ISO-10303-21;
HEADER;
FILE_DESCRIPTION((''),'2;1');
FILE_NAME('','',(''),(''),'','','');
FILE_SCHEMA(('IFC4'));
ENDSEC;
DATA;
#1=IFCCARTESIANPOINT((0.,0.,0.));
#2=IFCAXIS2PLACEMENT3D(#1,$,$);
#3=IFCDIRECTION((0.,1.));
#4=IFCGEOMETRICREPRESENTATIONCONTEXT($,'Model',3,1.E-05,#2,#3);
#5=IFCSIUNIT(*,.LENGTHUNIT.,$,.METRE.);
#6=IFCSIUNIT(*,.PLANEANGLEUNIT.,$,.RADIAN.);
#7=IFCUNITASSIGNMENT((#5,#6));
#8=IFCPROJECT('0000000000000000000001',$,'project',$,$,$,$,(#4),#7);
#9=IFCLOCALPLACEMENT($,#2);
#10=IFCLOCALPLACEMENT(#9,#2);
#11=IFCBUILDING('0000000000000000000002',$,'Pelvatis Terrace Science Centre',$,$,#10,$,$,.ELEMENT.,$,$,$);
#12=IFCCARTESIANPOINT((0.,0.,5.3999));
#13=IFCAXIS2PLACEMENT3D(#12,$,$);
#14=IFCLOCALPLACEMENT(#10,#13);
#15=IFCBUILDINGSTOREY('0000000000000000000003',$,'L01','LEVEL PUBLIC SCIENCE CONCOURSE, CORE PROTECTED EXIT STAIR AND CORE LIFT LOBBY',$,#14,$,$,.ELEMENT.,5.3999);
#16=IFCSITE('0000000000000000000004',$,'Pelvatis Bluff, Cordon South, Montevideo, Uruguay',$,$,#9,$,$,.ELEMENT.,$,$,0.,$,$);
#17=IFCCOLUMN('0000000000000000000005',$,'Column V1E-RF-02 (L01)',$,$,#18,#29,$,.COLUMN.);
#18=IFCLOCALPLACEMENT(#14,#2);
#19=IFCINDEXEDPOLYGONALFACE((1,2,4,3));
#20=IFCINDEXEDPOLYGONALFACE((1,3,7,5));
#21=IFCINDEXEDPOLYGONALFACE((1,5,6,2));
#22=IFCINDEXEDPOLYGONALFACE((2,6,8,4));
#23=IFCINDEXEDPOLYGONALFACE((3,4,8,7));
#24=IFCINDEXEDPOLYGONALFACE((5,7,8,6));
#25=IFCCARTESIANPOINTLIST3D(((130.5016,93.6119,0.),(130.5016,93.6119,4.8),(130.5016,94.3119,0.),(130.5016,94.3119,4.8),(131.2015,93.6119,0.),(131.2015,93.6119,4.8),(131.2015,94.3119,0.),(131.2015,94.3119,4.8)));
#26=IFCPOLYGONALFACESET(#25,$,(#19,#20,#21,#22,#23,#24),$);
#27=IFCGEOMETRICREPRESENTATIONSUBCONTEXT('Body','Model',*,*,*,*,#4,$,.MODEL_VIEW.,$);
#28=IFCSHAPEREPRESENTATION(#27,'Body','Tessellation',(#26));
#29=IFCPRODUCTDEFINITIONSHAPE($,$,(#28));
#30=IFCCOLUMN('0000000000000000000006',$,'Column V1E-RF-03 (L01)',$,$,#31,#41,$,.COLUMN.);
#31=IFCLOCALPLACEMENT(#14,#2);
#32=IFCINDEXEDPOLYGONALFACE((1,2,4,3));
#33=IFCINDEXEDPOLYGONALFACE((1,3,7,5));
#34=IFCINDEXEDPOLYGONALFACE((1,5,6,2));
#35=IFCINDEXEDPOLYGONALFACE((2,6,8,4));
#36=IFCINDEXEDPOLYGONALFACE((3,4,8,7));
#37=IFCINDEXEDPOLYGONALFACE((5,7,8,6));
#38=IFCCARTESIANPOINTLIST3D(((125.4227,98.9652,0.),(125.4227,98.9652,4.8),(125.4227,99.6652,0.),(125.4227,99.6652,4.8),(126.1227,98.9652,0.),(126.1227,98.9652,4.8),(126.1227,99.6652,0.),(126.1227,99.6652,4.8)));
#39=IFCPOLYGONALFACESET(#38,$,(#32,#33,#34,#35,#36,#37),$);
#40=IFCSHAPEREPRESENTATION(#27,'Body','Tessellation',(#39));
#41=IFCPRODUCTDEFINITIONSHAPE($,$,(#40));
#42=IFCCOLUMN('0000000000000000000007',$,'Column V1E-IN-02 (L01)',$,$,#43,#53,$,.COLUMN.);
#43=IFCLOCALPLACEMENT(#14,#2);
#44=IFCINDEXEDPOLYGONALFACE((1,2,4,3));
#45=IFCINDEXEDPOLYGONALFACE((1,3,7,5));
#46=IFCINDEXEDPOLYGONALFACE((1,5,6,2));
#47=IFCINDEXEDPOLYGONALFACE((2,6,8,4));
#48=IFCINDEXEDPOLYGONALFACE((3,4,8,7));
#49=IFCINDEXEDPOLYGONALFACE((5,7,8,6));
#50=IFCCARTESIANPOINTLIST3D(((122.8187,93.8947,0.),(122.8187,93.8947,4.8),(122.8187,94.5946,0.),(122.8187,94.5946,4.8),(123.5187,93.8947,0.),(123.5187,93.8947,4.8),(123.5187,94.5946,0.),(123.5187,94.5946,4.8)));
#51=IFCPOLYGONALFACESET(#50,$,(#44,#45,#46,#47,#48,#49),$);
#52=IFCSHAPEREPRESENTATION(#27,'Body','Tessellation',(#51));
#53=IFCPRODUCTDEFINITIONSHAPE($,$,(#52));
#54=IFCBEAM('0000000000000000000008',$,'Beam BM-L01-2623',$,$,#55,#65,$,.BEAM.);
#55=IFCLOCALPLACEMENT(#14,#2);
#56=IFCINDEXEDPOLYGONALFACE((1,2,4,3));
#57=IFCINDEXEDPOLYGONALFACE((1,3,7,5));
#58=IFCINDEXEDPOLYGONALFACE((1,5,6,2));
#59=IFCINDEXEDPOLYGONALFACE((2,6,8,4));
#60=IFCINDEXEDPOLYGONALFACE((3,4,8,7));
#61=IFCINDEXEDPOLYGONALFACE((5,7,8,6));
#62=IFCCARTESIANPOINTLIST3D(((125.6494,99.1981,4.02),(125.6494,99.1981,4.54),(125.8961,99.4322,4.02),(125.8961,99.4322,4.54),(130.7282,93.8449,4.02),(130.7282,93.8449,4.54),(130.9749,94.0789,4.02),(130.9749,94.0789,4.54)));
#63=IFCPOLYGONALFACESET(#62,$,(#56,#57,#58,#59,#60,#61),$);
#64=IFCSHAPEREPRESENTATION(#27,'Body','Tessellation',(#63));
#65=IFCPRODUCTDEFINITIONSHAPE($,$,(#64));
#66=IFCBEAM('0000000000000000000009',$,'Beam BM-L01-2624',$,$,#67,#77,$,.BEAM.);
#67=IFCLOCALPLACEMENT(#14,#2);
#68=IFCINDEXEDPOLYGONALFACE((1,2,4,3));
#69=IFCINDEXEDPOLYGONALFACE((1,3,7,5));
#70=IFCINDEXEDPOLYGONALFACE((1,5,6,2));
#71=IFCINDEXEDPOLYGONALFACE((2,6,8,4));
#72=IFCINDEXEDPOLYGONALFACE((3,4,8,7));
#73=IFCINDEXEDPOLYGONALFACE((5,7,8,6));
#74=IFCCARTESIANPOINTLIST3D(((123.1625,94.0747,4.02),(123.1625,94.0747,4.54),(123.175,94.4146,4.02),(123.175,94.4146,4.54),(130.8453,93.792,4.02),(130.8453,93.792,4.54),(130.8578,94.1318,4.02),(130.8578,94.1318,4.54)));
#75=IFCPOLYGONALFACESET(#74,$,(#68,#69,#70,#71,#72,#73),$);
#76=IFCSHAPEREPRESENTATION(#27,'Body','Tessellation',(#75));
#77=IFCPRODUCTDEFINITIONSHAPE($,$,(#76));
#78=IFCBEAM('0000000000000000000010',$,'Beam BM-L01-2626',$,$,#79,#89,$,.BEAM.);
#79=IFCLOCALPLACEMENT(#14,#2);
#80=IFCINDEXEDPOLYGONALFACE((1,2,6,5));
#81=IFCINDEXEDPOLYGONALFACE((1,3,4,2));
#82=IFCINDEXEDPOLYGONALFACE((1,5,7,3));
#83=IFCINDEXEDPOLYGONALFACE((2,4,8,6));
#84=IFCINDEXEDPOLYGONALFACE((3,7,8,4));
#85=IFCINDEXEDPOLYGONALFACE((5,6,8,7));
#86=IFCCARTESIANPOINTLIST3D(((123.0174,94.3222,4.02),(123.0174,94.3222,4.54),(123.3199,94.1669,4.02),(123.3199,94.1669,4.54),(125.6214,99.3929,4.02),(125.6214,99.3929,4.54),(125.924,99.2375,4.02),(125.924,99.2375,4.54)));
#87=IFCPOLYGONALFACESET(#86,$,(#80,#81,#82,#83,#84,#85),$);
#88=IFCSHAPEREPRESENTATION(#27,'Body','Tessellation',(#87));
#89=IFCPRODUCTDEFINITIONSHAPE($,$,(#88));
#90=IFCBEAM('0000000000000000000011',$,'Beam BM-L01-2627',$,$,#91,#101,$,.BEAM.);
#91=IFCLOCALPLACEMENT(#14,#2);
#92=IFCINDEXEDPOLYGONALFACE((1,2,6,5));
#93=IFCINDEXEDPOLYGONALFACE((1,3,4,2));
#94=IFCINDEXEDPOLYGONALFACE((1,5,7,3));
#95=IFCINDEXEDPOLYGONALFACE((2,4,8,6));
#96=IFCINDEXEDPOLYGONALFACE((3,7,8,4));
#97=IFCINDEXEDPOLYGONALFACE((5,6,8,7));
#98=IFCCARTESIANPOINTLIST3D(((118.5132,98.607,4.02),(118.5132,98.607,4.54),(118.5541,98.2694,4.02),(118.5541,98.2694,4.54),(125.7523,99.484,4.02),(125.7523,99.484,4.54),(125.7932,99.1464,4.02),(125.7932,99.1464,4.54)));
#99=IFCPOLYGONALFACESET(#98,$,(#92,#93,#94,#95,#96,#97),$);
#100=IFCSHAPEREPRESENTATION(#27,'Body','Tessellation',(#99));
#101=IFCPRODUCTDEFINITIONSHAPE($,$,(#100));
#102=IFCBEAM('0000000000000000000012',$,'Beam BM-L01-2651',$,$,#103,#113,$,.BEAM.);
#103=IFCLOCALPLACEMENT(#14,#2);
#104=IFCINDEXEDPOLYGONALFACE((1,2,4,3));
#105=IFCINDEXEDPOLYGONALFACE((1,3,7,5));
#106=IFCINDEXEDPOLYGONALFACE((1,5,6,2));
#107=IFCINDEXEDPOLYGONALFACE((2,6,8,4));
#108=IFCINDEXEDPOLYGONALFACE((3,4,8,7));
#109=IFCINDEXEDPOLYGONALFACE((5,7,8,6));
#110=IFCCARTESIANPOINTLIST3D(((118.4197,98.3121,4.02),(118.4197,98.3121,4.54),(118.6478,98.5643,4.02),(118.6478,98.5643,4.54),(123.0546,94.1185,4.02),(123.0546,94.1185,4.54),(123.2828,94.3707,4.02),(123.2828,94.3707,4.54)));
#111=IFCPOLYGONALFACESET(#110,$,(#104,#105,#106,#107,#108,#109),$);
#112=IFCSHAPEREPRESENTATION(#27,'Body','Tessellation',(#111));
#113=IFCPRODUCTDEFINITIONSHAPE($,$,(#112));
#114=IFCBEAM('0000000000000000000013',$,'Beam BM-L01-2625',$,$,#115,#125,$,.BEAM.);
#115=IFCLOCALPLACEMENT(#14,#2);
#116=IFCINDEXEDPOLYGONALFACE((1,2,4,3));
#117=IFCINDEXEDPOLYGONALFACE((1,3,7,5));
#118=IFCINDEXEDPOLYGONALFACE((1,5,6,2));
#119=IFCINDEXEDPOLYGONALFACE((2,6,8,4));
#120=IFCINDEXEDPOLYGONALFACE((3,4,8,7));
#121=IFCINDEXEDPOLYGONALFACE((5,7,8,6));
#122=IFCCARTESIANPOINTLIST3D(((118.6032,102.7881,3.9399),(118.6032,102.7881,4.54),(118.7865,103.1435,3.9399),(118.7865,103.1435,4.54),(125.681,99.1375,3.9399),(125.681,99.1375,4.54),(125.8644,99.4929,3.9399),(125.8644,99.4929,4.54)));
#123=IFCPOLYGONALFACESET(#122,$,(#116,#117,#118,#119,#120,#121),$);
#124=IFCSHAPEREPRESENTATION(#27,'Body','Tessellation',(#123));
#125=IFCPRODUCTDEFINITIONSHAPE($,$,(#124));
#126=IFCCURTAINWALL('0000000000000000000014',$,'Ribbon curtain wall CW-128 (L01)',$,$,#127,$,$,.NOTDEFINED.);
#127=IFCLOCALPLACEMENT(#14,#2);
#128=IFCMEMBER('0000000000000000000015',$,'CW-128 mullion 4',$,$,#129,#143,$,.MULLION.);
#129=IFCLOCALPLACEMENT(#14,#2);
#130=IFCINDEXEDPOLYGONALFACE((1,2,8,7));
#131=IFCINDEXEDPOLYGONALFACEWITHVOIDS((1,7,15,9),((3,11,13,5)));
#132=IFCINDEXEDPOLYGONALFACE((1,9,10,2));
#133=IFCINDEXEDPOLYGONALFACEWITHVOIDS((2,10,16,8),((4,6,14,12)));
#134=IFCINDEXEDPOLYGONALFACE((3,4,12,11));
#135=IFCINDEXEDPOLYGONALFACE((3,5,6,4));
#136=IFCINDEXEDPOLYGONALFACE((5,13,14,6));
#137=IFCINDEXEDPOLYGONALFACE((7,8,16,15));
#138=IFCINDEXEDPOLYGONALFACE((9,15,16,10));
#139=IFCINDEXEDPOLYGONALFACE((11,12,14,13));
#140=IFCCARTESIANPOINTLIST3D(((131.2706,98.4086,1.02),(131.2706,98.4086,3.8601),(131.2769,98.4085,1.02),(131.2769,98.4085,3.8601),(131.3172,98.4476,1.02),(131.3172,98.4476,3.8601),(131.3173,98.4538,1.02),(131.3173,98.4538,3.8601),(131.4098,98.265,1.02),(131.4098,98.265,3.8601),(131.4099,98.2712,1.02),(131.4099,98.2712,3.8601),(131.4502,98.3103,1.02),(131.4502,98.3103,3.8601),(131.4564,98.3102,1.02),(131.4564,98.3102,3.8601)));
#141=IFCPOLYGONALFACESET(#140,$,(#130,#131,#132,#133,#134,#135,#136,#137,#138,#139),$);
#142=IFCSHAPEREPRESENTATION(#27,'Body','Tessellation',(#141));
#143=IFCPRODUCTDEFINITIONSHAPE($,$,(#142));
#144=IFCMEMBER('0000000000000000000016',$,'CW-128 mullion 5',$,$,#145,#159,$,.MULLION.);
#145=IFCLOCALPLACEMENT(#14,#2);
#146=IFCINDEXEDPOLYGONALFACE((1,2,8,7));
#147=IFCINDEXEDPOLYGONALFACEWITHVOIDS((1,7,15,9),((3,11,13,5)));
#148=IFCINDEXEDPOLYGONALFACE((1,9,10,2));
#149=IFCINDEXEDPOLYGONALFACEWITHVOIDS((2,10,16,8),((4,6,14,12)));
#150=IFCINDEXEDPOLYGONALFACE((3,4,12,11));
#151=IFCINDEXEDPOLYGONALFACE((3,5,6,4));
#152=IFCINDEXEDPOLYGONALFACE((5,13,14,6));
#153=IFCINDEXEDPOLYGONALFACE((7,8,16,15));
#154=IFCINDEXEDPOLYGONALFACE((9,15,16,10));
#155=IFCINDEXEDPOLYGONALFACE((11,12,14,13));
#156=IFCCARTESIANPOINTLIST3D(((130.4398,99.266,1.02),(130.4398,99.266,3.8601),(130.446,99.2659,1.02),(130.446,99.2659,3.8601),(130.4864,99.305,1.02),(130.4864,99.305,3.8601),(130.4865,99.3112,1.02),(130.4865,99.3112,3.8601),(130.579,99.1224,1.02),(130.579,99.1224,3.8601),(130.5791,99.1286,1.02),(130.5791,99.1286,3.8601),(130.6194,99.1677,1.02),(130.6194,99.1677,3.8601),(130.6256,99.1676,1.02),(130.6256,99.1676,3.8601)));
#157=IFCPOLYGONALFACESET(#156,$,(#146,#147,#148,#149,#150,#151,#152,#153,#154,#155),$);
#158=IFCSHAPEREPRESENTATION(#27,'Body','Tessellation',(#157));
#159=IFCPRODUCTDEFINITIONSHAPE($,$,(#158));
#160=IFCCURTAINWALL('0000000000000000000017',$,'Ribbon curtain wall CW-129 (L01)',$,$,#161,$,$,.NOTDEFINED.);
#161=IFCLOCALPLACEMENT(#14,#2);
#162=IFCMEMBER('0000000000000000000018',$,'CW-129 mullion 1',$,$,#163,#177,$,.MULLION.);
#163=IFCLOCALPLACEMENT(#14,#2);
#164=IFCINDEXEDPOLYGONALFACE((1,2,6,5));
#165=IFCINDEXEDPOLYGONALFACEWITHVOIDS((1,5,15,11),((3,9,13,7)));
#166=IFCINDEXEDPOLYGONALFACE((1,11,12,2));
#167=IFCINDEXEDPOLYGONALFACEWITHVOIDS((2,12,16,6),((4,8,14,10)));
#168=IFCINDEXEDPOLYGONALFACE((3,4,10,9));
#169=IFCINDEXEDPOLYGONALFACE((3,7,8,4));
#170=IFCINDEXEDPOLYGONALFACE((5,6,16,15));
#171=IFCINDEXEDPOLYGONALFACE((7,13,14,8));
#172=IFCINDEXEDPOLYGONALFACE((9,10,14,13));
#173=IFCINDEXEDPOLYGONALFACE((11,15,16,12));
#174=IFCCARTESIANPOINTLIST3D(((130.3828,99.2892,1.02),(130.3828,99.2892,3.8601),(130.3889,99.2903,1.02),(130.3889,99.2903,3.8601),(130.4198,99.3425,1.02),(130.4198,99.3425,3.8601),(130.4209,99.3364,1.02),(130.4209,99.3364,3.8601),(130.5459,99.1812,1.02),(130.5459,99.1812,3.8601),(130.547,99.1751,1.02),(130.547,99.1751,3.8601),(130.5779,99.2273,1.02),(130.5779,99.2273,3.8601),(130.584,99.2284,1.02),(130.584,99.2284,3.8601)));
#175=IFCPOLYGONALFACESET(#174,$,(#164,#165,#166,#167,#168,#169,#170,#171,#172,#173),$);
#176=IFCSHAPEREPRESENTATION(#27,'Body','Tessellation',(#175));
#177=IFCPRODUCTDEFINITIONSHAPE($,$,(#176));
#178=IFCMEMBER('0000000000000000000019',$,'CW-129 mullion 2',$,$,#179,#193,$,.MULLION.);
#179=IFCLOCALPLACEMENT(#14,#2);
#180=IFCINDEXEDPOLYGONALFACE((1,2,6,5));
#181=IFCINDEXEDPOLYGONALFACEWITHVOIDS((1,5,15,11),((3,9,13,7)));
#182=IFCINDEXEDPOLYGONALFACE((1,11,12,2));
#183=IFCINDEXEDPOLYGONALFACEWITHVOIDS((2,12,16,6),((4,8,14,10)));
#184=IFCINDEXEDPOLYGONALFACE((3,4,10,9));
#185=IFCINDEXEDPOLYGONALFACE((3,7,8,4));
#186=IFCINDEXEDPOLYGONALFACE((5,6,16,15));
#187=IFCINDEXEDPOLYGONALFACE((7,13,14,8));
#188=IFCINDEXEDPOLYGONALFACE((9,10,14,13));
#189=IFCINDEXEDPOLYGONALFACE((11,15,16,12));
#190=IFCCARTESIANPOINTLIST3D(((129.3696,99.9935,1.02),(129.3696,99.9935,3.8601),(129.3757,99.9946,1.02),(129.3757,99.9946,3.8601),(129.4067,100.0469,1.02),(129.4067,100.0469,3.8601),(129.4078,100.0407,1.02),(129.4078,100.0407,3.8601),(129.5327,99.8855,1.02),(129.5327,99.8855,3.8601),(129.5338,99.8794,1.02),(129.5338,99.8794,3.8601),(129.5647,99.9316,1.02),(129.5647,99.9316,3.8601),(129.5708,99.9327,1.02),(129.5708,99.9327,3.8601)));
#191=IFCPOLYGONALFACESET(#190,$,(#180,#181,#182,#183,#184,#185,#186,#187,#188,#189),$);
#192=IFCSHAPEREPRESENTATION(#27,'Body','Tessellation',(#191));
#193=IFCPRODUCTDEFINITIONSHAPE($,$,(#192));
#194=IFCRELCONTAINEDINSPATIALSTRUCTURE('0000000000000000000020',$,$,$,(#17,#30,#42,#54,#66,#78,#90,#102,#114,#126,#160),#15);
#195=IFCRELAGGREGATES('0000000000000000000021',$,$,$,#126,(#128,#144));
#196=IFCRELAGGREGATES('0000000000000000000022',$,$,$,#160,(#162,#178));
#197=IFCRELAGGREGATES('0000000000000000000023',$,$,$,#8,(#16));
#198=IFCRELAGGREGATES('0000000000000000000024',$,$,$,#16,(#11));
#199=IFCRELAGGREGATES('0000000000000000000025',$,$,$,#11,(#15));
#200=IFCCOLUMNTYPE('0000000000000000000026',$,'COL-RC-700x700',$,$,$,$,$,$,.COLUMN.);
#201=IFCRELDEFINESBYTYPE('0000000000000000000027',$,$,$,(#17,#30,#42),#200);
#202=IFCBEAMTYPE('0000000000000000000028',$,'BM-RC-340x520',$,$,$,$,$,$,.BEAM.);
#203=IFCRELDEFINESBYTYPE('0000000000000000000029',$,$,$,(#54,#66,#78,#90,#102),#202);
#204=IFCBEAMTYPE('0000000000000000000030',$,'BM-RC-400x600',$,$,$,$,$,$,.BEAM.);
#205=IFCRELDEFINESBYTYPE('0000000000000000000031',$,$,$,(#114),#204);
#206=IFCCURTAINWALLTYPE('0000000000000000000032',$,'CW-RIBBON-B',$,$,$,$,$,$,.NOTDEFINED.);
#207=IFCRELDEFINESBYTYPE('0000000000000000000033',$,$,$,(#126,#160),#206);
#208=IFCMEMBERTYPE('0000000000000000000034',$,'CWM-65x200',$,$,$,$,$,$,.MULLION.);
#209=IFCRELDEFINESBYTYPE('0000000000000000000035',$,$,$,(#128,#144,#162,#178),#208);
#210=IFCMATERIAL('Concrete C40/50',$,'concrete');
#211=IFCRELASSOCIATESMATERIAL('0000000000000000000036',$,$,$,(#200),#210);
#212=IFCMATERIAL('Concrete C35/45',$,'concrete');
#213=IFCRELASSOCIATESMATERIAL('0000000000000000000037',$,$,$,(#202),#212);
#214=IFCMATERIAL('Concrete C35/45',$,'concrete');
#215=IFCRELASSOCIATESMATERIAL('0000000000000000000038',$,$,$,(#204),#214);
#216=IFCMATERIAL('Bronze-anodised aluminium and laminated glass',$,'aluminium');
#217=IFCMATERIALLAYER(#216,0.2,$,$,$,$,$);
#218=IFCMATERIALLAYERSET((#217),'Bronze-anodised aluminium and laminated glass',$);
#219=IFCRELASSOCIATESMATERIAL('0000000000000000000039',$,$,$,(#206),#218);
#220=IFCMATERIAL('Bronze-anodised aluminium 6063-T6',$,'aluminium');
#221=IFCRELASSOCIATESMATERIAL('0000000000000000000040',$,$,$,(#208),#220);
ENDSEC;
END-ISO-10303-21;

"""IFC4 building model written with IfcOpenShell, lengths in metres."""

from ifc_helpers import new_model, si_unit, direction, frame, origin, origin_2d, place, context, subcontext, project, spatial, rectangle, hollow_rectangle, extrude, material, layer, layer_set, material_profile, profile_set, type_object, element, aggregate, save


model = new_model("IFC4")

# Units and contexts
model_context = context("Model", 3, precision=1e-05, world=origin(), true_north=direction((0.0, 1.0)))
body_context = subcontext(model_context, "Body", "Model", "MODEL_VIEW")
ifc_project = project(units=[si_unit("LENGTHUNIT", "METRE"), si_unit("PLANEANGLEUNIT", "RADIAN")], contexts=[model_context])

# Site, building, storey
site_placement = place(None, origin())
site = spatial("IfcSite", under=ifc_project, at=site_placement, Name="Pelvatis Bluff, Cordon South, Montevideo, Uruguay", CompositionType="ELEMENT", RefElevation=0.0)
building_placement = place(site_placement, origin())
building = spatial("IfcBuilding", under=site, at=building_placement, Name="Pelvatis Terrace Science Centre", CompositionType="ELEMENT")
storey_placement = place(building_placement, frame((0.0, 0.0, 5.3999)))
storey = spatial("IfcBuildingStorey", under=building, at=storey_placement, Name="L01", Description="LEVEL PUBLIC SCIENCE CONCOURSE, CORE PROTECTED EXIT STAIR AND CORE LIFT LOBBY", CompositionType="ELEMENT", Elevation=5.3999)

# Columns
ifc_material_1 = material(Name="Concrete C40/50", Category="concrete")
ifc_material_profile_1 = material_profile(ifc_material_1, rectangle(XDim=0.7, YDim=0.7, at=origin_2d()), Name="RC-COL 700x700")
ifc_profile_set_1 = profile_set([ifc_material_profile_1], Name="Concrete C40/50")
column_type = type_object("IfcColumnType", Name="COL-RC-700x700", PredefinedType="COLUMN", material=ifc_profile_set_1)
for number, where, z_axis, x_axis, name in (
    (1, (130.8516, 93.9619, 0.0), (0.0, 0.0, 1.0), (1.0, 0.0, 0.0), "Column V1E-RF-02 (L01)"),
    (2, (125.7727, 99.3152, 0.0), (0.0, 0.0, 1.0), (1.0, 0.0, 0.0), "Column V1E-RF-03 (L01)"),
    (3, (123.1687, 94.2446, 0.0), (0.0, 0.0, 1.0), (1.0, 0.0, 0.0), "Column V1E-IN-02 (L01)"),
):
    element("IfcColumn", number, at=place(storey_placement, frame(where, z_axis=z_axis, x_axis=x_axis)), inside=storey, type_object=column_type, Name=name, PredefinedType="COLUMN", context=body_context, shape_type="SweptSolid", body=[
        extrude(rectangle(XDim=0.7, YDim=0.7, at=origin_2d()), origin(), (0.0, 0.0, 1.0), 4.8),
    ])

# Beams
ifc_material_2 = material(Name="Concrete C35/45", Category="concrete")
ifc_material_profile_2 = material_profile(ifc_material_2, rectangle(XDim=0.3401, YDim=0.52, at=origin_2d()), Name="RC-BM 340x520")
ifc_profile_set_2 = profile_set([ifc_material_profile_2], Name="Concrete C35/45")
beam_type_1 = type_object("IfcBeamType", Name="BM-RC-340x520", PredefinedType="BEAM", material=ifc_profile_set_2)
beam_1_placement = place(storey_placement, frame((130.8516, 93.9619, 4.28), z_axis=(-0.688268, 0.725456, 0.0), x_axis=(-0.725456, -0.688268, 0.0)))
element("IfcBeam", 4, at=beam_1_placement, inside=storey, type_object=beam_type_1, Name="Beam BM-L01-2623", PredefinedType="BEAM", context=body_context, shape_type="SweptSolid", body=[
    extrude(rectangle(XDim=0.3401, YDim=0.52, at=origin_2d()), origin(), (0.0, 0.0, 1.0), 7.3792),
])
beam_2_placement = place(storey_placement, frame((130.8516, 93.9619, 4.28), z_axis=(-0.999324, 0.036773, 0.0), x_axis=(-0.036773, -0.999324, 0.0)))
element("IfcBeam", 5, at=beam_2_placement, inside=storey, type_object=beam_type_1, Name="Beam BM-L01-2624", PredefinedType="BEAM", context=body_context, shape_type="SweptSolid", body=[
    extrude(rectangle(XDim=0.3401, YDim=0.52, at=origin_2d()), origin(), (0.0, 0.0, 1.0), 7.688),
])
beam_3_placement = place(storey_placement, frame((125.7727, 99.3152, 4.28), z_axis=(-0.456833, -0.889552, 0.0), x_axis=(0.889552, -0.456833, 0.0)))
element("IfcBeam", 6, at=beam_3_placement, inside=storey, type_object=beam_type_1, Name="Beam BM-L01-2626", PredefinedType="BEAM", context=body_context, shape_type="SweptSolid", body=[
    extrude(rectangle(XDim=0.3401, YDim=0.52, at=origin_2d()), origin(), (0.0, 0.0, 1.0), 5.7002),
])
beam_4_placement = place(storey_placement, frame((125.7727, 99.3152, 4.28), z_axis=(-0.992742, -0.120263, 0.0), x_axis=(0.120263, -0.992742, 0.0)))
element("IfcBeam", 7, at=beam_4_placement, inside=storey, type_object=beam_type_1, Name="Beam BM-L01-2627", PredefinedType="BEAM", context=body_context, shape_type="SweptSolid", body=[
    extrude(rectangle(XDim=0.3401, YDim=0.52, at=origin_2d()), origin(), (0.0, 0.0, 1.0), 7.292),
])
beam_5_placement = place(storey_placement, frame((123.1687, 94.2446, 4.28), z_axis=(-0.741534, 0.670915, 0.0), x_axis=(-0.670915, -0.741534, 0.0)))
element("IfcBeam", 8, at=beam_5_placement, inside=storey, type_object=beam_type_1, Name="Beam BM-L01-2651", PredefinedType="BEAM", context=body_context, shape_type="SweptSolid", body=[
    extrude(rectangle(XDim=0.3401, YDim=0.52, at=origin_2d()), origin(), (0.0, 0.0, 1.0), 6.2505),
])
ifc_material_3 = material(Name="Concrete C35/45", Category="concrete")
ifc_material_profile_3 = material_profile(ifc_material_3, rectangle(XDim=0.3999, YDim=0.6001, at=origin_2d()), Name="RC-BM 400x600")
ifc_profile_set_3 = profile_set([ifc_material_profile_3], Name="Concrete C35/45")
beam_type_2 = type_object("IfcBeamType", Name="BM-RC-400x600", PredefinedType="BEAM", material=ifc_profile_set_3)
beam_6_placement = place(storey_placement, frame((125.7727, 99.3152, 4.24), z_axis=(-0.888747, 0.458398, 0.0), x_axis=(-0.458398, -0.888747, 0.0)))
element("IfcBeam", 9, at=beam_6_placement, inside=storey, type_object=beam_type_2, Name="Beam BM-L01-2625", PredefinedType="BEAM", context=body_context, shape_type="SweptSolid", body=[
    extrude(rectangle(XDim=0.3999, YDim=0.6001, at=origin_2d()), origin(), (0.0, 0.0, 1.0), 7.9639),
])

# Curtain walls, members
ifc_material_4 = material(Name="Bronze-anodised aluminium and laminated glass", Category="aluminium")
ifc_layer_1 = layer(ifc_material_4, 0.2)
ifc_layer_set_1 = layer_set([ifc_layer_1], Name="Bronze-anodised aluminium and laminated glass")
curtain_wall_type = type_object("IfcCurtainWallType", Name="CW-RIBBON-B", PredefinedType="NOTDEFINED", material=ifc_layer_set_1)
curtain_wall_1_placement = place(storey_placement, origin())
curtain_wall_1 = element("IfcCurtainWall", 10, at=curtain_wall_1_placement, inside=storey, type_object=curtain_wall_type, Name="Ribbon curtain wall CW-128 (L01)", PredefinedType="NOTDEFINED")
ifc_material_5 = material(Name="Bronze-anodised aluminium 6063-T6", Category="aluminium")
ifc_material_profile_4 = material_profile(ifc_material_5, hollow_rectangle(XDim=0.0649, YDim=0.2, WallThickness=0.0044, at=origin_2d()), Name="ALU-MUL 65x200")
ifc_profile_set_4 = profile_set([ifc_material_profile_4], Name="Bronze-anodised aluminium 6063-T6")
member_type_1 = type_object("IfcMemberType", Name="CWM-65x200", PredefinedType="MULLION", material=ifc_profile_set_4)
member_1_placement = place(storey_placement, frame((131.3635, 98.3594, 1.02), z_axis=(0.0, 0.0, 1.0), x_axis=(-0.718179, -0.695858, 0.0)))
member_1 = element("IfcMember", 11, at=member_1_placement, type_object=member_type_1, Name="CW-128 mullion 4", PredefinedType="MULLION", context=body_context, shape_type="SweptSolid", body=[
    extrude(hollow_rectangle(XDim=0.0649, YDim=0.2, WallThickness=0.0044, at=origin_2d()), origin(), (0.0, 0.0, 1.0), 2.8401),
])
member_2_placement = place(storey_placement, frame((130.5327, 99.2168, 1.02), z_axis=(0.0, 0.0, 1.0), x_axis=(-0.718179, -0.695858, 0.0)))
member_2 = element("IfcMember", 12, at=member_2_placement, type_object=member_type_1, Name="CW-128 mullion 5", PredefinedType="MULLION", context=body_context, shape_type="SweptSolid", body=[
    extrude(hollow_rectangle(XDim=0.0649, YDim=0.2, WallThickness=0.0044, at=origin_2d()), origin(), (0.0, 0.0, 1.0), 2.8401),
])
curtain_wall_2_placement = place(storey_placement, origin())
curtain_wall_2 = element("IfcCurtainWall", 13, at=curtain_wall_2_placement, inside=storey, type_object=curtain_wall_type, Name="Ribbon curtain wall CW-129 (L01)", PredefinedType="NOTDEFINED")
member_3_placement = place(storey_placement, frame((130.4834, 99.2588, 1.02), z_axis=(0.0, 0.0, 1.0), x_axis=(-0.570771, -0.821109, 0.0)))
member_3 = element("IfcMember", 14, at=member_3_placement, type_object=member_type_1, Name="CW-129 mullion 1", PredefinedType="MULLION", context=body_context, shape_type="SweptSolid", body=[
    extrude(hollow_rectangle(XDim=0.0649, YDim=0.2, WallThickness=0.0044, at=origin_2d()), origin(), (0.0, 0.0, 1.0), 2.8401),
])
member_4_placement = place(storey_placement, frame((129.4702, 99.9631, 1.02), z_axis=(0.0, 0.0, 1.0), x_axis=(-0.570771, -0.821109, 0.0)))
member_4 = element("IfcMember", 15, at=member_4_placement, type_object=member_type_1, Name="CW-129 mullion 2", PredefinedType="MULLION", context=body_context, shape_type="SweptSolid", body=[
    extrude(hollow_rectangle(XDim=0.0649, YDim=0.2, WallThickness=0.0044, at=origin_2d()), origin(), (0.0, 0.0, 1.0), 2.8401),
])

aggregate(curtain_wall_1, [member_1, member_2])
aggregate(curtain_wall_2, [member_3, member_4])

save(model, "model.ifc")
